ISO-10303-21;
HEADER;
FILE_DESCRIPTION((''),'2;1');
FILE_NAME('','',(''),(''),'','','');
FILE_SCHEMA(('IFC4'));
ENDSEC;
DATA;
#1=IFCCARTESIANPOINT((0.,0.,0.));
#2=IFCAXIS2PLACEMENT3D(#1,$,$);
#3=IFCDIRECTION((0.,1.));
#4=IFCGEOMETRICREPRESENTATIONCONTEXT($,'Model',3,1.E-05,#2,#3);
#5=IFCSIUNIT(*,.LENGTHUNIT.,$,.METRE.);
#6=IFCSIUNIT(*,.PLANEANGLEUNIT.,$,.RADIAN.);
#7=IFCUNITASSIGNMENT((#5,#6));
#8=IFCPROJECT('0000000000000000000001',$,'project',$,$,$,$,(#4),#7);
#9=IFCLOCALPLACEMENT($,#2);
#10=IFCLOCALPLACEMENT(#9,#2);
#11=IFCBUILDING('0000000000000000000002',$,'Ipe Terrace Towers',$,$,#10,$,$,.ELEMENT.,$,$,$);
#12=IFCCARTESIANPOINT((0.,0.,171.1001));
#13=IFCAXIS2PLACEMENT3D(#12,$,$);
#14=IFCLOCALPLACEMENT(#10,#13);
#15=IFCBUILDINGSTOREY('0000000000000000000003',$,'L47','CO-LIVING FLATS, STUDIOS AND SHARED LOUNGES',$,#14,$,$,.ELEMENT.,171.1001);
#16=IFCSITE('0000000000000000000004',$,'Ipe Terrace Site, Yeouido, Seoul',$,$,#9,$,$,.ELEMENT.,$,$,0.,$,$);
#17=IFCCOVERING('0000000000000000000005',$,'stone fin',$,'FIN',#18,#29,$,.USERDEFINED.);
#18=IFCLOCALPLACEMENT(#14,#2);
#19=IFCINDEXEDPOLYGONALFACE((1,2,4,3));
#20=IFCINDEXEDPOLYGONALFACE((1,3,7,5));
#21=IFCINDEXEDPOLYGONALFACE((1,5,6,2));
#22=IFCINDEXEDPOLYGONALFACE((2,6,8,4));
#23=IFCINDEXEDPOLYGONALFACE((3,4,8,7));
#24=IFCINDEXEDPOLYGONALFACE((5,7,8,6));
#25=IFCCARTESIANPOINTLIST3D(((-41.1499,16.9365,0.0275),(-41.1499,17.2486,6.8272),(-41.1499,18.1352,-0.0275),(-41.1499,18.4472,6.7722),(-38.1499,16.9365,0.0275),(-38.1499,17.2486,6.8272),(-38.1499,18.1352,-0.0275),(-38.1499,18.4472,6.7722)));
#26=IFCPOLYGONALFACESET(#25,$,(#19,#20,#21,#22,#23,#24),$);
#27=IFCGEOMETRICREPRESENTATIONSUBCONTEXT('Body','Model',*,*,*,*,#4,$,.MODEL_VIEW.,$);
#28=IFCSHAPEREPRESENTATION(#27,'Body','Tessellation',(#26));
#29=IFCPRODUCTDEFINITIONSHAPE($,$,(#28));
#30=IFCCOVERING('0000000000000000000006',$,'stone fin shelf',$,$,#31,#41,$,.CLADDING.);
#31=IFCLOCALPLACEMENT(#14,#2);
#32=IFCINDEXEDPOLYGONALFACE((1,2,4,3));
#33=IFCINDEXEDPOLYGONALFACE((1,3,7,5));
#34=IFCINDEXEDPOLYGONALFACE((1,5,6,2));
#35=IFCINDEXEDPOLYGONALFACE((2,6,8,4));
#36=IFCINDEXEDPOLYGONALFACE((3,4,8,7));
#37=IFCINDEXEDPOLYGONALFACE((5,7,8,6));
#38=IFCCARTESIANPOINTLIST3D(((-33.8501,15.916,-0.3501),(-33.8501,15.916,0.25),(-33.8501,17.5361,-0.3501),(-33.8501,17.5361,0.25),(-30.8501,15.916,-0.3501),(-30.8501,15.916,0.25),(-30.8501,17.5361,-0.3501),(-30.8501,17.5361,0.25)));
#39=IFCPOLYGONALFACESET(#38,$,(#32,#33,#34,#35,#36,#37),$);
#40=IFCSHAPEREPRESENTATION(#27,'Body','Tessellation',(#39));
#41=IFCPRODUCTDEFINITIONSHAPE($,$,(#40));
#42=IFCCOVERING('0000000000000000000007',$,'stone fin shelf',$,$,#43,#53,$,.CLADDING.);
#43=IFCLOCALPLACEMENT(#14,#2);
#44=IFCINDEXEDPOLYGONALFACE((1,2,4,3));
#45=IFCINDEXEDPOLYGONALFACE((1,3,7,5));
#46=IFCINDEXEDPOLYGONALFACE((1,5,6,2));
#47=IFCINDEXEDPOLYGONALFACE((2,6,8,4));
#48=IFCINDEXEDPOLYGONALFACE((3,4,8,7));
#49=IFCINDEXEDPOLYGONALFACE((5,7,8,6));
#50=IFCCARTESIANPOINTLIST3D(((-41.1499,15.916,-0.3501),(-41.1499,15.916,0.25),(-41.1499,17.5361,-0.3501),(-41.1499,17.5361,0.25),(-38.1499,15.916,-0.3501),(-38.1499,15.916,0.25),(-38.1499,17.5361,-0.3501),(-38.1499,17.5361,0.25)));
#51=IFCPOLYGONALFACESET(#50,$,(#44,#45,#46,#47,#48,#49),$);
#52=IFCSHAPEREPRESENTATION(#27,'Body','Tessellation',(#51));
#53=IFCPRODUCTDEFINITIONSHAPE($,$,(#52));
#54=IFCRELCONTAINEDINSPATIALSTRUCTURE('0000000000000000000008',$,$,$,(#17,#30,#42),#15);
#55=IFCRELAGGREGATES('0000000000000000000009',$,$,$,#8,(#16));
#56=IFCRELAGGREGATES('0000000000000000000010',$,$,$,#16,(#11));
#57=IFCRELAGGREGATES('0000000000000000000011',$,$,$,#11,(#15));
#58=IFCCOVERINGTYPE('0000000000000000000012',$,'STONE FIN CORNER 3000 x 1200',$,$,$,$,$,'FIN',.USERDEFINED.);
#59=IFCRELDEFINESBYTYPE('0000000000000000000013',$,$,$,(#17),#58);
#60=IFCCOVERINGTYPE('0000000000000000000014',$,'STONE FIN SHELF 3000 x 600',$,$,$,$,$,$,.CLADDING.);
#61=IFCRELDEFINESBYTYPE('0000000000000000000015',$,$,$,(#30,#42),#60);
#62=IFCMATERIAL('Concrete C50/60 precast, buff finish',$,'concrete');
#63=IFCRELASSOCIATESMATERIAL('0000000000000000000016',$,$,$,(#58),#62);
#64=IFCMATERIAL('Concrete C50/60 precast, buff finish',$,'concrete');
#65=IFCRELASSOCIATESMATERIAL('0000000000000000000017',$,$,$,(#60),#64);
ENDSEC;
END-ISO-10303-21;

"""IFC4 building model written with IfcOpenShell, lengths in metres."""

from ifc_helpers import new_model, si_unit, direction, frame, origin, origin_2d, place, context, subcontext, project, spatial, rectangle, extrude, material, material_profile, profile_set, type_object, element, save


model = new_model("IFC4")

# Units and contexts
model_context = context("Model", 3, precision=1e-05, world=origin(), true_north=direction((0.0, 1.0)))
body_context = subcontext(model_context, "Body", "Model", "MODEL_VIEW")
ifc_project = project(units=[si_unit("LENGTHUNIT", "METRE"), si_unit("PLANEANGLEUNIT", "RADIAN")], contexts=[model_context])

# Site, building, storey
site_placement = place(None, origin())
site = spatial("IfcSite", under=ifc_project, at=site_placement, Name="Ipe Terrace Site, Yeouido, Seoul", CompositionType="ELEMENT", RefElevation=0.0)
building_placement = place(site_placement, origin())
building = spatial("IfcBuilding", under=site, at=building_placement, Name="Ipe Terrace Towers", CompositionType="ELEMENT")
storey_placement = place(building_placement, frame((0.0, 0.0, 171.1001)))
storey = spatial("IfcBuildingStorey", under=building, at=storey_placement, Name="L47", Description="CO-LIVING FLATS, STUDIOS AND SHARED LOUNGES", CompositionType="ELEMENT", Elevation=171.1001)

# Coverings
ifc_material_1 = material(Name="Concrete C50/60 precast, buff finish", Category="concrete")
ifc_material_profile_1 = material_profile(ifc_material_1, rectangle(XDim=3.0, YDim=1.2, at=origin_2d()), Name="STONE FIN CORNER 3000 x 1200")
ifc_profile_set_1 = profile_set([ifc_material_profile_1], Name="Concrete C50/60 precast, buff finish")
covering_type_1 = type_object("IfcCoveringType", Name="STONE FIN CORNER 3000 x 1200", ElementType="FIN", PredefinedType="USERDEFINED", material=ifc_profile_set_1)
for number, where, z_axis, x_axis, name in (
    (1, (-39.6499, 17.5359, 0.0), (0.0, 0.045837, 0.998949), (-1.0, 0.0, 0.0), "stone fin"),
):
    element("IfcCovering", number, at=place(storey_placement, frame(where, z_axis=z_axis, x_axis=x_axis)), inside=storey, type_object=covering_type_1, Name=name, ObjectType="FIN", PredefinedType="USERDEFINED", context=body_context, shape_type="SweptSolid", body=[
        extrude(rectangle(XDim=3.0, YDim=1.2, at=origin_2d()), origin(), (0.0, 0.0, 1.0), 6.8069),
    ])
ifc_material_2 = material(Name="Concrete C50/60 precast, buff finish", Category="concrete")
covering_type_2 = type_object("IfcCoveringType", Name="STONE FIN SHELF 3000 x 600", PredefinedType="CLADDING", material=ifc_material_2)
for number, where, z_axis, x_axis, name in (
    (2, (-32.3501, 16.7261, -0.3501), (0.0, 0.0, 1.0), (-1.0, 0.0, 0.0), "stone fin shelf"),
    (3, (-39.6499, 16.7261, -0.3501), (0.0, 0.0, 1.0), (-1.0, 0.0, 0.0), "stone fin shelf"),
):
    element("IfcCovering", number, at=place(storey_placement, frame(where, z_axis=z_axis, x_axis=x_axis)), inside=storey, type_object=covering_type_2, Name=name, PredefinedType="CLADDING", context=body_context, shape_type="SweptSolid", body=[
        extrude(rectangle(XDim=3.0, YDim=1.6201, at=origin_2d()), origin(), (0.0, 0.0, 1.0), 0.6001),
    ])

save(model, "model.ifc")
